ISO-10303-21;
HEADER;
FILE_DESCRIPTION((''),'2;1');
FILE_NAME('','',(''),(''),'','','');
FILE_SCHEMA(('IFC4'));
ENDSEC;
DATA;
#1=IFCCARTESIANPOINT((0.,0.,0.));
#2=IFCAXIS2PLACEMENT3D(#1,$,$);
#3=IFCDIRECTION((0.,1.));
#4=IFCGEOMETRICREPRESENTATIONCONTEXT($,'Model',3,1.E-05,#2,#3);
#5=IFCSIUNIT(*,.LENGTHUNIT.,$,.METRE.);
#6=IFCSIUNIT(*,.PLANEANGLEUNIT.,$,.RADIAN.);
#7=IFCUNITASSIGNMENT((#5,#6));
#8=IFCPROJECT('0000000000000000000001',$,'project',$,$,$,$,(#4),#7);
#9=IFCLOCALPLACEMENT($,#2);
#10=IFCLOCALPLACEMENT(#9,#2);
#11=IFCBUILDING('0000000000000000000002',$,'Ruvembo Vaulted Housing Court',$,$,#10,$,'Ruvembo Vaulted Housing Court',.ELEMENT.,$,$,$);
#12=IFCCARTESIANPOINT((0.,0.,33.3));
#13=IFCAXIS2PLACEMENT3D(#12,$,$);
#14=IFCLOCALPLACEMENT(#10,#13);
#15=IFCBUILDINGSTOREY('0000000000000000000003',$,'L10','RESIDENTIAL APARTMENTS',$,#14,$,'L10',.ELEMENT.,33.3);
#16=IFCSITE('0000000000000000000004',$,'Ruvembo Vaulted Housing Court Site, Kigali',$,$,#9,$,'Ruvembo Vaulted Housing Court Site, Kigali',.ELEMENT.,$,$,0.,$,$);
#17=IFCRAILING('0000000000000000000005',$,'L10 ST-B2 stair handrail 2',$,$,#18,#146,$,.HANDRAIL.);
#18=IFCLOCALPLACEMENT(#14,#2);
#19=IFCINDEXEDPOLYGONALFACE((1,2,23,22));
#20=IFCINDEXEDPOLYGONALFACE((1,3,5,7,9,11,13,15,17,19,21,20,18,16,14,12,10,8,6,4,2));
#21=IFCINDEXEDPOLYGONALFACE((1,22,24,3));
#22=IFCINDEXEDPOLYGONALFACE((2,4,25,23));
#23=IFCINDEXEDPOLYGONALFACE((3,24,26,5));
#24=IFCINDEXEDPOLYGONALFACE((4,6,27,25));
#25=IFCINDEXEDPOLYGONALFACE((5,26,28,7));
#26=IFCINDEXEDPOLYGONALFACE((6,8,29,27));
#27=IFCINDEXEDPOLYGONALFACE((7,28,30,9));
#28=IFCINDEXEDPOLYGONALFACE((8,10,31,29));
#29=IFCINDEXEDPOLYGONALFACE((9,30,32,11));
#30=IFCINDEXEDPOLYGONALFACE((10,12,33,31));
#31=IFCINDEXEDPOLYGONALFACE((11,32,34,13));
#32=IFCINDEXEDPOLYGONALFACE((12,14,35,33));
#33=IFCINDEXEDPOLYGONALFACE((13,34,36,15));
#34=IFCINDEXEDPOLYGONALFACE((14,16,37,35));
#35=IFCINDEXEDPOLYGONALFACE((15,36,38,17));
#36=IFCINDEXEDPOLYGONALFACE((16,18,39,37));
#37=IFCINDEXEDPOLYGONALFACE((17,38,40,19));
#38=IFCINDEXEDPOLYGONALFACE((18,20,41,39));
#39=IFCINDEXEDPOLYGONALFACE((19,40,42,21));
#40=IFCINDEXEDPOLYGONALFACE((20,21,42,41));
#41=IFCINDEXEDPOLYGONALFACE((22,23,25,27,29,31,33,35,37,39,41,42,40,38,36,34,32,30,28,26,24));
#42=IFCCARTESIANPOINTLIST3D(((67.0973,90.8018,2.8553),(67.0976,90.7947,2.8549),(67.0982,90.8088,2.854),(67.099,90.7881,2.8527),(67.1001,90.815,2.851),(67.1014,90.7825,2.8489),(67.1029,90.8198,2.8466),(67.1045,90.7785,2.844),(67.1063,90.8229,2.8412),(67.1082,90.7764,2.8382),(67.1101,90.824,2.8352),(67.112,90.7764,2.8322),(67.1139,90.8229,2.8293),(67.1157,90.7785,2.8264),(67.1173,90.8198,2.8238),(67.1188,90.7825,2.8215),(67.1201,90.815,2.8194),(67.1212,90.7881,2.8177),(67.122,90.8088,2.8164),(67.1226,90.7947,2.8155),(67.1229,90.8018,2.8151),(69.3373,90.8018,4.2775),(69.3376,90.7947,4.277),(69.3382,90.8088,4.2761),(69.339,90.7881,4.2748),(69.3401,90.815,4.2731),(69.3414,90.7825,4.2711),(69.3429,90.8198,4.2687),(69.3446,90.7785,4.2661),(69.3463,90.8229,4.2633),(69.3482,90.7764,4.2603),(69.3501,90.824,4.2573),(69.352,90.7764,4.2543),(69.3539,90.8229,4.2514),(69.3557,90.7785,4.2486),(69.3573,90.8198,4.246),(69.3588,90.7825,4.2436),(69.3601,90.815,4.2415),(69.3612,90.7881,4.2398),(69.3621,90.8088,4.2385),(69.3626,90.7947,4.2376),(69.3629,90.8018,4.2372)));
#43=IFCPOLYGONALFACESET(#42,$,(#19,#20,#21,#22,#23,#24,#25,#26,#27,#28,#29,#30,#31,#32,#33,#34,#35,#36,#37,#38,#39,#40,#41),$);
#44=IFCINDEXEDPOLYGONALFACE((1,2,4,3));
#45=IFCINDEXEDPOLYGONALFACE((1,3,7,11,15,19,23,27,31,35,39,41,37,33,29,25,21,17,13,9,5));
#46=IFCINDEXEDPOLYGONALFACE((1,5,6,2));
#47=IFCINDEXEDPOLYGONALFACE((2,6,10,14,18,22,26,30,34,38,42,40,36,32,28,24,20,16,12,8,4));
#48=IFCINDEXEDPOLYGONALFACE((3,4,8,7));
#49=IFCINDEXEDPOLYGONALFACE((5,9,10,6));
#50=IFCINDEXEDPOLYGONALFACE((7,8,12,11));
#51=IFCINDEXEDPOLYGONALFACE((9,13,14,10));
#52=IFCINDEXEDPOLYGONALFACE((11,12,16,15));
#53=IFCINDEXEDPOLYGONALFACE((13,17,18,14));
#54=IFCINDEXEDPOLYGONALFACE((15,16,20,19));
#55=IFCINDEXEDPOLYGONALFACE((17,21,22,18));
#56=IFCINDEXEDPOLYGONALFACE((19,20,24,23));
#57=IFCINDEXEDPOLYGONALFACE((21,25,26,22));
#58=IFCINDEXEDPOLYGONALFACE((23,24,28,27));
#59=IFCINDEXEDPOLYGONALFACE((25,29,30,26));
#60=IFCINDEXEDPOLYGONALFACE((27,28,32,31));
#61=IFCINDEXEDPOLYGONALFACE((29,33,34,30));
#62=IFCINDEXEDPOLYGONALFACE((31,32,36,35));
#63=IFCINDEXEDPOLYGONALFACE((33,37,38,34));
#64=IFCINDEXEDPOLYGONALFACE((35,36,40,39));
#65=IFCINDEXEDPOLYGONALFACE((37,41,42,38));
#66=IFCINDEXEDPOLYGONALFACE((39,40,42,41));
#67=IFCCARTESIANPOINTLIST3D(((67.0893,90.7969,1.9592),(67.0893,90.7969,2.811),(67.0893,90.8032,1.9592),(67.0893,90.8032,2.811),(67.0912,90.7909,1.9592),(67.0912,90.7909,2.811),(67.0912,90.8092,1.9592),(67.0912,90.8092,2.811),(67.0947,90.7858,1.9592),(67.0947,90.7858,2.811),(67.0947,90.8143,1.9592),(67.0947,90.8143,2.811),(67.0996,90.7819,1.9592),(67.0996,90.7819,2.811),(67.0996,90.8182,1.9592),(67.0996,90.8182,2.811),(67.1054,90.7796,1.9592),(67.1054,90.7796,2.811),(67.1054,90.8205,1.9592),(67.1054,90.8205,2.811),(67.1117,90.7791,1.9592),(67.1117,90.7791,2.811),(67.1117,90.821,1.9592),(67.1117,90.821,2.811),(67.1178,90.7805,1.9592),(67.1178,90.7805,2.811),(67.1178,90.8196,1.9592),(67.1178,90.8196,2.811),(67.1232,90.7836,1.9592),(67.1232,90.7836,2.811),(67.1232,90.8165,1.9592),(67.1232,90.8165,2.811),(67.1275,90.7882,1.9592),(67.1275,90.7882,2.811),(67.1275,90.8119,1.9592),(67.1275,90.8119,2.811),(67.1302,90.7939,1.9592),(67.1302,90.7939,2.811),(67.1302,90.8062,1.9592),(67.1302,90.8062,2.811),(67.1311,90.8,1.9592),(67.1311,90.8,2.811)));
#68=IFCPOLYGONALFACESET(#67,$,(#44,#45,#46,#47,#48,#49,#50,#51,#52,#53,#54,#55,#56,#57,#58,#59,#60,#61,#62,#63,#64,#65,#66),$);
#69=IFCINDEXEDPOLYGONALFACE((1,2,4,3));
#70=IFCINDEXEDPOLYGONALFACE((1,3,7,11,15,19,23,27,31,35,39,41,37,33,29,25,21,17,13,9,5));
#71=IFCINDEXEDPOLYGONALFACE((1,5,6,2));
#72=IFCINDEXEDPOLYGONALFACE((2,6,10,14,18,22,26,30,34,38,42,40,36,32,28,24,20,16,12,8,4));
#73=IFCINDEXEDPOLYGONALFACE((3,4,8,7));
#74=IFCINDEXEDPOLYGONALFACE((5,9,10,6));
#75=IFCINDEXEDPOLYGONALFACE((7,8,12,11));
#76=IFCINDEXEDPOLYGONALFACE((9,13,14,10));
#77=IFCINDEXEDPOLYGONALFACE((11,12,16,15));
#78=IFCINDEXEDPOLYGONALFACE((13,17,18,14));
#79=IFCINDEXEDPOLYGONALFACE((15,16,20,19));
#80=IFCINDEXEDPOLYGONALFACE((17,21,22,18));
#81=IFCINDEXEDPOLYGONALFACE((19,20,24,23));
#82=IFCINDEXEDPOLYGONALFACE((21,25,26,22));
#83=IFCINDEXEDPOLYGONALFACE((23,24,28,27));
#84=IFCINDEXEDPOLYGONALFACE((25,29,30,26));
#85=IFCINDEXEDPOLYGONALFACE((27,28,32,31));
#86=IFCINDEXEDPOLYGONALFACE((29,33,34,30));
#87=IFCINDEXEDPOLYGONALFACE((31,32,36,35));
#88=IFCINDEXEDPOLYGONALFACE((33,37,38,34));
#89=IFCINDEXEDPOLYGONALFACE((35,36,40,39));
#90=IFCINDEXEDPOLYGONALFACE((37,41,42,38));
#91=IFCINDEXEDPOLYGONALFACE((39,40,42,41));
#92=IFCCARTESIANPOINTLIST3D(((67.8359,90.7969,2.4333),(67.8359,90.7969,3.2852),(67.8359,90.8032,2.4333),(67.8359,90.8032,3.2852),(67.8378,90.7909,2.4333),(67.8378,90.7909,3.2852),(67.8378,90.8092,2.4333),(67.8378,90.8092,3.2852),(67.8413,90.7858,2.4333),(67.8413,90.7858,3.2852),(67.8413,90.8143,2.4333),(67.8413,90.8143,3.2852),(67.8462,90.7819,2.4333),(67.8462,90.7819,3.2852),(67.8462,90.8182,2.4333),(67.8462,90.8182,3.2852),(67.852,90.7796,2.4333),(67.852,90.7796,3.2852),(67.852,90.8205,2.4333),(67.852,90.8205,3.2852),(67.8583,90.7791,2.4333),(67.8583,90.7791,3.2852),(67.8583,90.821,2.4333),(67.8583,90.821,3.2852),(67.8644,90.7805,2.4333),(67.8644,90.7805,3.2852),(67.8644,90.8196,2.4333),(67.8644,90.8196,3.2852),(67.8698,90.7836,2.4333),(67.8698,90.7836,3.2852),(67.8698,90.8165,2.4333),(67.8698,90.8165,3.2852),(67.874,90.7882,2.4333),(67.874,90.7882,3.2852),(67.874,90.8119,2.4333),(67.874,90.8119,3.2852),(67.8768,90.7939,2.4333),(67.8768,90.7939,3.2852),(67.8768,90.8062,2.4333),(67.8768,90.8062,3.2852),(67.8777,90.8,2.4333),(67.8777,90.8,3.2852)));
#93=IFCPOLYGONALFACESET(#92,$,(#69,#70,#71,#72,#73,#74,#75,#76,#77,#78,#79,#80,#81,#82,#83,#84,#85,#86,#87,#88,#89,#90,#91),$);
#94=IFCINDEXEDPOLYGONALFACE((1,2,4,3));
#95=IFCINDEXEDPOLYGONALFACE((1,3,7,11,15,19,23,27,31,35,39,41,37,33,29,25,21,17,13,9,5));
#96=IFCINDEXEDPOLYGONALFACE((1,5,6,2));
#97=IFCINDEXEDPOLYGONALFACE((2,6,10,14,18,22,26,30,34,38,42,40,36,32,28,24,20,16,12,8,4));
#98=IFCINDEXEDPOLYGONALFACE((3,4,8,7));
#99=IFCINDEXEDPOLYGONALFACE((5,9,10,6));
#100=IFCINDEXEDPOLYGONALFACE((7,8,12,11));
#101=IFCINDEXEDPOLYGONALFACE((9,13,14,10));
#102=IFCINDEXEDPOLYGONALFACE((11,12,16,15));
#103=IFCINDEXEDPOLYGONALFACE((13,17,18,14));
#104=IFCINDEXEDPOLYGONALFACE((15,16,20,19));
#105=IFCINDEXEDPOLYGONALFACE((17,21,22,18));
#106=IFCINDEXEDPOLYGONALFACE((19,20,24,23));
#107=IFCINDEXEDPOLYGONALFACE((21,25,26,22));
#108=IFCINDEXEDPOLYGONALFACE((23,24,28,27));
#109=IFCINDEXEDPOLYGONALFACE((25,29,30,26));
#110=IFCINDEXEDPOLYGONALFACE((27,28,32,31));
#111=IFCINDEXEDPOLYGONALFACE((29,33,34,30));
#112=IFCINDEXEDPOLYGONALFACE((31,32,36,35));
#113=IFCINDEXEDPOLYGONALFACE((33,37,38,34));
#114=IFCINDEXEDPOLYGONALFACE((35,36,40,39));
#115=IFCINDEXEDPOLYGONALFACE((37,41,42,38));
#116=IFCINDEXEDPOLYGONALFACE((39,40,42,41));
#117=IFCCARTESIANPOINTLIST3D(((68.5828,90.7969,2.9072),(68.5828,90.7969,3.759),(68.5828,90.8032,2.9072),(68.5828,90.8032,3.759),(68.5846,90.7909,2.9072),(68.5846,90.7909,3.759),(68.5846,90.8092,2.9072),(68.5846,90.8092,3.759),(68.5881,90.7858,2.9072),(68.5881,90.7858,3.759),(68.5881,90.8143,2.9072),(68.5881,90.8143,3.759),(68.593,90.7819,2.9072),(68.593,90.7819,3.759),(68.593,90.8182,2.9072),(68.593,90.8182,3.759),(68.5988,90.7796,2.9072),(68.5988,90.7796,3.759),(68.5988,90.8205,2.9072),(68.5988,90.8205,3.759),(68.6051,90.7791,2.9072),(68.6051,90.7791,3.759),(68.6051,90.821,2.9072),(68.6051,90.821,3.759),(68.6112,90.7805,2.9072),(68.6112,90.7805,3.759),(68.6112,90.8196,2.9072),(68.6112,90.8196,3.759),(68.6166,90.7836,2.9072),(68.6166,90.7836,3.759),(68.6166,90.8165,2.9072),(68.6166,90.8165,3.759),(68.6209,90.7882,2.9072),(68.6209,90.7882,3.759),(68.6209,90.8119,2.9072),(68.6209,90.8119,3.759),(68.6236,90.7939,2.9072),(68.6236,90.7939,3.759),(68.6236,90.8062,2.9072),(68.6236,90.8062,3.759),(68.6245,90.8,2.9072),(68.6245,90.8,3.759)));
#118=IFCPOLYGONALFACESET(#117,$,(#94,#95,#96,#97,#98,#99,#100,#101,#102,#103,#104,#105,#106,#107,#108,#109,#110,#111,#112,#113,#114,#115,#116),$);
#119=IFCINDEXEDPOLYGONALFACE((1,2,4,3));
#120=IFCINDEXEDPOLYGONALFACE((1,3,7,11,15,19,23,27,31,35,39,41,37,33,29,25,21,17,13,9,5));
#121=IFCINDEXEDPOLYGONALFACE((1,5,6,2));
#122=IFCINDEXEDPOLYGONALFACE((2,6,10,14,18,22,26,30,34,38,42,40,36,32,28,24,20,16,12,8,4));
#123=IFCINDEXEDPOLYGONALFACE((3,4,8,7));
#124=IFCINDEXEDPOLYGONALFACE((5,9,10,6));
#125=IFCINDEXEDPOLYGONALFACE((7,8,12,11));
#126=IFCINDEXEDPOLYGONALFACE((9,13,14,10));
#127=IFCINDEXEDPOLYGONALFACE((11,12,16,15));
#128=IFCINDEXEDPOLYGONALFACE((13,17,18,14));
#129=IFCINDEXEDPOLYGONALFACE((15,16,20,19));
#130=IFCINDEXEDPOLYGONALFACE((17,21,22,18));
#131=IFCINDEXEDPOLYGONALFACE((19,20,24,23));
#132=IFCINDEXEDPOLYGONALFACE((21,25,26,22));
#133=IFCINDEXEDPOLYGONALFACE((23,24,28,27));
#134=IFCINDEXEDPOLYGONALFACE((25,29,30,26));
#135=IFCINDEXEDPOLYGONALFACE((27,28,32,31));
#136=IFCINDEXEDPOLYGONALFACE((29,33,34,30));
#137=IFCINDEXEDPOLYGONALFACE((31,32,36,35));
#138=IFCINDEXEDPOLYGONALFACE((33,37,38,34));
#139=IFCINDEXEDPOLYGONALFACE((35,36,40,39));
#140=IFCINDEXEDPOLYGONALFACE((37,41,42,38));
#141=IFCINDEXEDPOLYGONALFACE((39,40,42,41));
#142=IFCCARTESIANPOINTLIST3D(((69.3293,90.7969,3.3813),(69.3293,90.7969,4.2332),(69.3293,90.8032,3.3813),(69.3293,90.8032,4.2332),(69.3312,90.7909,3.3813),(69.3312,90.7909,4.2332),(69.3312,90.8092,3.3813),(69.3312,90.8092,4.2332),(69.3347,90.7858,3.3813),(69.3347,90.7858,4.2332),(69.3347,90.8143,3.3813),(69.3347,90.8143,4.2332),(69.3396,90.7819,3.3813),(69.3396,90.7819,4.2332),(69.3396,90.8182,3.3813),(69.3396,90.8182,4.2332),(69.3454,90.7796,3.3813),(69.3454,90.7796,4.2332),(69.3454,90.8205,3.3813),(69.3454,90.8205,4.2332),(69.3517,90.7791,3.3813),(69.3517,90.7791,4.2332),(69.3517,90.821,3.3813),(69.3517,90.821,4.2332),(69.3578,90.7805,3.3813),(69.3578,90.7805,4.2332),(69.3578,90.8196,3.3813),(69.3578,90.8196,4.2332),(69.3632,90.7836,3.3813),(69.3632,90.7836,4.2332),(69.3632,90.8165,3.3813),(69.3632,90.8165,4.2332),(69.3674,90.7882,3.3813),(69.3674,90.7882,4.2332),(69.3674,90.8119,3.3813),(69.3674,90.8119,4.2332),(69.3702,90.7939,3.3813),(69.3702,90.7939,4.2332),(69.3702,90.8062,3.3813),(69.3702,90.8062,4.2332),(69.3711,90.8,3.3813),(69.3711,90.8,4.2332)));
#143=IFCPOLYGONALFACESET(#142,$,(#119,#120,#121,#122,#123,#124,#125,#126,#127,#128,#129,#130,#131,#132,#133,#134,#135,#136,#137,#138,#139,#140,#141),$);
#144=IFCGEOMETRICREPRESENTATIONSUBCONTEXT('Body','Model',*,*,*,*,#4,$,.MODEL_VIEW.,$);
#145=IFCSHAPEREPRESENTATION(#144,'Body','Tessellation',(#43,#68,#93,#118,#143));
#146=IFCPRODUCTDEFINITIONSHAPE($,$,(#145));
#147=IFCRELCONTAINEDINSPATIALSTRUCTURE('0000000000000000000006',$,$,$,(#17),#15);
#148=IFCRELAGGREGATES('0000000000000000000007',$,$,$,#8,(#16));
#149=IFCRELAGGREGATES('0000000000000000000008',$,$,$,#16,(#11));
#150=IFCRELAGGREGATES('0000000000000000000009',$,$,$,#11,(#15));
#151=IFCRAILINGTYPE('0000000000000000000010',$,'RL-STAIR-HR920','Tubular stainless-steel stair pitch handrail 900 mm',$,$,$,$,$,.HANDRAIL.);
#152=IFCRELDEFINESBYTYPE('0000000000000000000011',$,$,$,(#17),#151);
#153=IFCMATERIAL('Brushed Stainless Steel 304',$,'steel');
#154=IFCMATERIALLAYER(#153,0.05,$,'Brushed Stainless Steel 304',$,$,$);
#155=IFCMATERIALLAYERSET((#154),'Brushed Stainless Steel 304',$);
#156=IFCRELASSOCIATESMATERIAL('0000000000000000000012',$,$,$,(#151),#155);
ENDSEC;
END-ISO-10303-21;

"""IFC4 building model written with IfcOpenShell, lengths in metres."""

from ifc_helpers import new_model, si_unit, direction, frame, origin, origin_2d, place, context, subcontext, project, spatial, circle, extrude, material, layer, layer_set, type_object, element, save


model = new_model("IFC4")

# Units and contexts
model_context = context("Model", 3, precision=1e-05, world=origin(), true_north=direction((0.0, 1.0)))
body_context = subcontext(model_context, "Body", "Model", "MODEL_VIEW")
ifc_project = project(units=[si_unit("LENGTHUNIT", "METRE"), si_unit("PLANEANGLEUNIT", "RADIAN")], contexts=[model_context])

# Site, building, storey
site_placement = place(None, origin())
site = spatial("IfcSite", under=ifc_project, at=site_placement, Name="Ruvembo Vaulted Housing Court Site, Kigali", LongName="Ruvembo Vaulted Housing Court Site, Kigali", CompositionType="ELEMENT", RefElevation=0.0)
building_placement = place(site_placement, origin())
building = spatial("IfcBuilding", under=site, at=building_placement, Name="Ruvembo Vaulted Housing Court", LongName="Ruvembo Vaulted Housing Court", CompositionType="ELEMENT")
storey_placement = place(building_placement, frame((0.0, 0.0, 33.3)))
storey = spatial("IfcBuildingStorey", under=building, at=storey_placement, Name="L10", Description="RESIDENTIAL APARTMENTS", LongName="L10", CompositionType="ELEMENT", Elevation=33.3)

# Railing
ifc_material_1 = material(Name="Brushed Stainless Steel 304", Category="steel")
ifc_layer_1 = layer(ifc_material_1, 0.05, Name="Brushed Stainless Steel 304")
ifc_layer_set_1 = layer_set([ifc_layer_1], Name="Brushed Stainless Steel 304")
railing_type_1 = type_object("IfcRailingType", Name="RL-STAIR-HR920", Description="Tubular stainless-steel stair pitch handrail 900 mm", PredefinedType="HANDRAIL", material=ifc_layer_set_1)
railing_1_placement = place(storey_placement, frame((67.1101, 90.8, 1.9592)))
element("IfcRailing", 1, at=railing_1_placement, inside=storey, type_object=railing_type_1, Name="L10 ST-B2 stair handrail 2", PredefinedType="HANDRAIL", context=body_context, shape_type="SweptSolid", body=[
    extrude(circle(Radius=0.0239, at=origin_2d()), frame((0.0, 0.0, 0.876), z_axis=(0.844229, 0.0, 0.535982), x_axis=(0.0, 1.0, 0.0)), (0.0, 0.0, 1.0), 2.6533),
    extrude(circle(Radius=0.021, at=origin_2d()), origin(), (0.0, 0.0, 1.0), 0.8518),
    extrude(circle(Radius=0.021, at=origin_2d()), frame((0.7466, 0.0, 0.4741)), (0.0, 0.0, 1.0), 0.8518),
    extrude(circle(Radius=0.021, at=origin_2d()), frame((1.4934, 0.0, 0.948)), (0.0, 0.0, 1.0), 0.8518),
    extrude(circle(Radius=0.021, at=origin_2d()), frame((2.24, 0.0, 1.4221)), (0.0, 0.0, 1.0), 0.8518),
])

save(model, "model.ifc")
